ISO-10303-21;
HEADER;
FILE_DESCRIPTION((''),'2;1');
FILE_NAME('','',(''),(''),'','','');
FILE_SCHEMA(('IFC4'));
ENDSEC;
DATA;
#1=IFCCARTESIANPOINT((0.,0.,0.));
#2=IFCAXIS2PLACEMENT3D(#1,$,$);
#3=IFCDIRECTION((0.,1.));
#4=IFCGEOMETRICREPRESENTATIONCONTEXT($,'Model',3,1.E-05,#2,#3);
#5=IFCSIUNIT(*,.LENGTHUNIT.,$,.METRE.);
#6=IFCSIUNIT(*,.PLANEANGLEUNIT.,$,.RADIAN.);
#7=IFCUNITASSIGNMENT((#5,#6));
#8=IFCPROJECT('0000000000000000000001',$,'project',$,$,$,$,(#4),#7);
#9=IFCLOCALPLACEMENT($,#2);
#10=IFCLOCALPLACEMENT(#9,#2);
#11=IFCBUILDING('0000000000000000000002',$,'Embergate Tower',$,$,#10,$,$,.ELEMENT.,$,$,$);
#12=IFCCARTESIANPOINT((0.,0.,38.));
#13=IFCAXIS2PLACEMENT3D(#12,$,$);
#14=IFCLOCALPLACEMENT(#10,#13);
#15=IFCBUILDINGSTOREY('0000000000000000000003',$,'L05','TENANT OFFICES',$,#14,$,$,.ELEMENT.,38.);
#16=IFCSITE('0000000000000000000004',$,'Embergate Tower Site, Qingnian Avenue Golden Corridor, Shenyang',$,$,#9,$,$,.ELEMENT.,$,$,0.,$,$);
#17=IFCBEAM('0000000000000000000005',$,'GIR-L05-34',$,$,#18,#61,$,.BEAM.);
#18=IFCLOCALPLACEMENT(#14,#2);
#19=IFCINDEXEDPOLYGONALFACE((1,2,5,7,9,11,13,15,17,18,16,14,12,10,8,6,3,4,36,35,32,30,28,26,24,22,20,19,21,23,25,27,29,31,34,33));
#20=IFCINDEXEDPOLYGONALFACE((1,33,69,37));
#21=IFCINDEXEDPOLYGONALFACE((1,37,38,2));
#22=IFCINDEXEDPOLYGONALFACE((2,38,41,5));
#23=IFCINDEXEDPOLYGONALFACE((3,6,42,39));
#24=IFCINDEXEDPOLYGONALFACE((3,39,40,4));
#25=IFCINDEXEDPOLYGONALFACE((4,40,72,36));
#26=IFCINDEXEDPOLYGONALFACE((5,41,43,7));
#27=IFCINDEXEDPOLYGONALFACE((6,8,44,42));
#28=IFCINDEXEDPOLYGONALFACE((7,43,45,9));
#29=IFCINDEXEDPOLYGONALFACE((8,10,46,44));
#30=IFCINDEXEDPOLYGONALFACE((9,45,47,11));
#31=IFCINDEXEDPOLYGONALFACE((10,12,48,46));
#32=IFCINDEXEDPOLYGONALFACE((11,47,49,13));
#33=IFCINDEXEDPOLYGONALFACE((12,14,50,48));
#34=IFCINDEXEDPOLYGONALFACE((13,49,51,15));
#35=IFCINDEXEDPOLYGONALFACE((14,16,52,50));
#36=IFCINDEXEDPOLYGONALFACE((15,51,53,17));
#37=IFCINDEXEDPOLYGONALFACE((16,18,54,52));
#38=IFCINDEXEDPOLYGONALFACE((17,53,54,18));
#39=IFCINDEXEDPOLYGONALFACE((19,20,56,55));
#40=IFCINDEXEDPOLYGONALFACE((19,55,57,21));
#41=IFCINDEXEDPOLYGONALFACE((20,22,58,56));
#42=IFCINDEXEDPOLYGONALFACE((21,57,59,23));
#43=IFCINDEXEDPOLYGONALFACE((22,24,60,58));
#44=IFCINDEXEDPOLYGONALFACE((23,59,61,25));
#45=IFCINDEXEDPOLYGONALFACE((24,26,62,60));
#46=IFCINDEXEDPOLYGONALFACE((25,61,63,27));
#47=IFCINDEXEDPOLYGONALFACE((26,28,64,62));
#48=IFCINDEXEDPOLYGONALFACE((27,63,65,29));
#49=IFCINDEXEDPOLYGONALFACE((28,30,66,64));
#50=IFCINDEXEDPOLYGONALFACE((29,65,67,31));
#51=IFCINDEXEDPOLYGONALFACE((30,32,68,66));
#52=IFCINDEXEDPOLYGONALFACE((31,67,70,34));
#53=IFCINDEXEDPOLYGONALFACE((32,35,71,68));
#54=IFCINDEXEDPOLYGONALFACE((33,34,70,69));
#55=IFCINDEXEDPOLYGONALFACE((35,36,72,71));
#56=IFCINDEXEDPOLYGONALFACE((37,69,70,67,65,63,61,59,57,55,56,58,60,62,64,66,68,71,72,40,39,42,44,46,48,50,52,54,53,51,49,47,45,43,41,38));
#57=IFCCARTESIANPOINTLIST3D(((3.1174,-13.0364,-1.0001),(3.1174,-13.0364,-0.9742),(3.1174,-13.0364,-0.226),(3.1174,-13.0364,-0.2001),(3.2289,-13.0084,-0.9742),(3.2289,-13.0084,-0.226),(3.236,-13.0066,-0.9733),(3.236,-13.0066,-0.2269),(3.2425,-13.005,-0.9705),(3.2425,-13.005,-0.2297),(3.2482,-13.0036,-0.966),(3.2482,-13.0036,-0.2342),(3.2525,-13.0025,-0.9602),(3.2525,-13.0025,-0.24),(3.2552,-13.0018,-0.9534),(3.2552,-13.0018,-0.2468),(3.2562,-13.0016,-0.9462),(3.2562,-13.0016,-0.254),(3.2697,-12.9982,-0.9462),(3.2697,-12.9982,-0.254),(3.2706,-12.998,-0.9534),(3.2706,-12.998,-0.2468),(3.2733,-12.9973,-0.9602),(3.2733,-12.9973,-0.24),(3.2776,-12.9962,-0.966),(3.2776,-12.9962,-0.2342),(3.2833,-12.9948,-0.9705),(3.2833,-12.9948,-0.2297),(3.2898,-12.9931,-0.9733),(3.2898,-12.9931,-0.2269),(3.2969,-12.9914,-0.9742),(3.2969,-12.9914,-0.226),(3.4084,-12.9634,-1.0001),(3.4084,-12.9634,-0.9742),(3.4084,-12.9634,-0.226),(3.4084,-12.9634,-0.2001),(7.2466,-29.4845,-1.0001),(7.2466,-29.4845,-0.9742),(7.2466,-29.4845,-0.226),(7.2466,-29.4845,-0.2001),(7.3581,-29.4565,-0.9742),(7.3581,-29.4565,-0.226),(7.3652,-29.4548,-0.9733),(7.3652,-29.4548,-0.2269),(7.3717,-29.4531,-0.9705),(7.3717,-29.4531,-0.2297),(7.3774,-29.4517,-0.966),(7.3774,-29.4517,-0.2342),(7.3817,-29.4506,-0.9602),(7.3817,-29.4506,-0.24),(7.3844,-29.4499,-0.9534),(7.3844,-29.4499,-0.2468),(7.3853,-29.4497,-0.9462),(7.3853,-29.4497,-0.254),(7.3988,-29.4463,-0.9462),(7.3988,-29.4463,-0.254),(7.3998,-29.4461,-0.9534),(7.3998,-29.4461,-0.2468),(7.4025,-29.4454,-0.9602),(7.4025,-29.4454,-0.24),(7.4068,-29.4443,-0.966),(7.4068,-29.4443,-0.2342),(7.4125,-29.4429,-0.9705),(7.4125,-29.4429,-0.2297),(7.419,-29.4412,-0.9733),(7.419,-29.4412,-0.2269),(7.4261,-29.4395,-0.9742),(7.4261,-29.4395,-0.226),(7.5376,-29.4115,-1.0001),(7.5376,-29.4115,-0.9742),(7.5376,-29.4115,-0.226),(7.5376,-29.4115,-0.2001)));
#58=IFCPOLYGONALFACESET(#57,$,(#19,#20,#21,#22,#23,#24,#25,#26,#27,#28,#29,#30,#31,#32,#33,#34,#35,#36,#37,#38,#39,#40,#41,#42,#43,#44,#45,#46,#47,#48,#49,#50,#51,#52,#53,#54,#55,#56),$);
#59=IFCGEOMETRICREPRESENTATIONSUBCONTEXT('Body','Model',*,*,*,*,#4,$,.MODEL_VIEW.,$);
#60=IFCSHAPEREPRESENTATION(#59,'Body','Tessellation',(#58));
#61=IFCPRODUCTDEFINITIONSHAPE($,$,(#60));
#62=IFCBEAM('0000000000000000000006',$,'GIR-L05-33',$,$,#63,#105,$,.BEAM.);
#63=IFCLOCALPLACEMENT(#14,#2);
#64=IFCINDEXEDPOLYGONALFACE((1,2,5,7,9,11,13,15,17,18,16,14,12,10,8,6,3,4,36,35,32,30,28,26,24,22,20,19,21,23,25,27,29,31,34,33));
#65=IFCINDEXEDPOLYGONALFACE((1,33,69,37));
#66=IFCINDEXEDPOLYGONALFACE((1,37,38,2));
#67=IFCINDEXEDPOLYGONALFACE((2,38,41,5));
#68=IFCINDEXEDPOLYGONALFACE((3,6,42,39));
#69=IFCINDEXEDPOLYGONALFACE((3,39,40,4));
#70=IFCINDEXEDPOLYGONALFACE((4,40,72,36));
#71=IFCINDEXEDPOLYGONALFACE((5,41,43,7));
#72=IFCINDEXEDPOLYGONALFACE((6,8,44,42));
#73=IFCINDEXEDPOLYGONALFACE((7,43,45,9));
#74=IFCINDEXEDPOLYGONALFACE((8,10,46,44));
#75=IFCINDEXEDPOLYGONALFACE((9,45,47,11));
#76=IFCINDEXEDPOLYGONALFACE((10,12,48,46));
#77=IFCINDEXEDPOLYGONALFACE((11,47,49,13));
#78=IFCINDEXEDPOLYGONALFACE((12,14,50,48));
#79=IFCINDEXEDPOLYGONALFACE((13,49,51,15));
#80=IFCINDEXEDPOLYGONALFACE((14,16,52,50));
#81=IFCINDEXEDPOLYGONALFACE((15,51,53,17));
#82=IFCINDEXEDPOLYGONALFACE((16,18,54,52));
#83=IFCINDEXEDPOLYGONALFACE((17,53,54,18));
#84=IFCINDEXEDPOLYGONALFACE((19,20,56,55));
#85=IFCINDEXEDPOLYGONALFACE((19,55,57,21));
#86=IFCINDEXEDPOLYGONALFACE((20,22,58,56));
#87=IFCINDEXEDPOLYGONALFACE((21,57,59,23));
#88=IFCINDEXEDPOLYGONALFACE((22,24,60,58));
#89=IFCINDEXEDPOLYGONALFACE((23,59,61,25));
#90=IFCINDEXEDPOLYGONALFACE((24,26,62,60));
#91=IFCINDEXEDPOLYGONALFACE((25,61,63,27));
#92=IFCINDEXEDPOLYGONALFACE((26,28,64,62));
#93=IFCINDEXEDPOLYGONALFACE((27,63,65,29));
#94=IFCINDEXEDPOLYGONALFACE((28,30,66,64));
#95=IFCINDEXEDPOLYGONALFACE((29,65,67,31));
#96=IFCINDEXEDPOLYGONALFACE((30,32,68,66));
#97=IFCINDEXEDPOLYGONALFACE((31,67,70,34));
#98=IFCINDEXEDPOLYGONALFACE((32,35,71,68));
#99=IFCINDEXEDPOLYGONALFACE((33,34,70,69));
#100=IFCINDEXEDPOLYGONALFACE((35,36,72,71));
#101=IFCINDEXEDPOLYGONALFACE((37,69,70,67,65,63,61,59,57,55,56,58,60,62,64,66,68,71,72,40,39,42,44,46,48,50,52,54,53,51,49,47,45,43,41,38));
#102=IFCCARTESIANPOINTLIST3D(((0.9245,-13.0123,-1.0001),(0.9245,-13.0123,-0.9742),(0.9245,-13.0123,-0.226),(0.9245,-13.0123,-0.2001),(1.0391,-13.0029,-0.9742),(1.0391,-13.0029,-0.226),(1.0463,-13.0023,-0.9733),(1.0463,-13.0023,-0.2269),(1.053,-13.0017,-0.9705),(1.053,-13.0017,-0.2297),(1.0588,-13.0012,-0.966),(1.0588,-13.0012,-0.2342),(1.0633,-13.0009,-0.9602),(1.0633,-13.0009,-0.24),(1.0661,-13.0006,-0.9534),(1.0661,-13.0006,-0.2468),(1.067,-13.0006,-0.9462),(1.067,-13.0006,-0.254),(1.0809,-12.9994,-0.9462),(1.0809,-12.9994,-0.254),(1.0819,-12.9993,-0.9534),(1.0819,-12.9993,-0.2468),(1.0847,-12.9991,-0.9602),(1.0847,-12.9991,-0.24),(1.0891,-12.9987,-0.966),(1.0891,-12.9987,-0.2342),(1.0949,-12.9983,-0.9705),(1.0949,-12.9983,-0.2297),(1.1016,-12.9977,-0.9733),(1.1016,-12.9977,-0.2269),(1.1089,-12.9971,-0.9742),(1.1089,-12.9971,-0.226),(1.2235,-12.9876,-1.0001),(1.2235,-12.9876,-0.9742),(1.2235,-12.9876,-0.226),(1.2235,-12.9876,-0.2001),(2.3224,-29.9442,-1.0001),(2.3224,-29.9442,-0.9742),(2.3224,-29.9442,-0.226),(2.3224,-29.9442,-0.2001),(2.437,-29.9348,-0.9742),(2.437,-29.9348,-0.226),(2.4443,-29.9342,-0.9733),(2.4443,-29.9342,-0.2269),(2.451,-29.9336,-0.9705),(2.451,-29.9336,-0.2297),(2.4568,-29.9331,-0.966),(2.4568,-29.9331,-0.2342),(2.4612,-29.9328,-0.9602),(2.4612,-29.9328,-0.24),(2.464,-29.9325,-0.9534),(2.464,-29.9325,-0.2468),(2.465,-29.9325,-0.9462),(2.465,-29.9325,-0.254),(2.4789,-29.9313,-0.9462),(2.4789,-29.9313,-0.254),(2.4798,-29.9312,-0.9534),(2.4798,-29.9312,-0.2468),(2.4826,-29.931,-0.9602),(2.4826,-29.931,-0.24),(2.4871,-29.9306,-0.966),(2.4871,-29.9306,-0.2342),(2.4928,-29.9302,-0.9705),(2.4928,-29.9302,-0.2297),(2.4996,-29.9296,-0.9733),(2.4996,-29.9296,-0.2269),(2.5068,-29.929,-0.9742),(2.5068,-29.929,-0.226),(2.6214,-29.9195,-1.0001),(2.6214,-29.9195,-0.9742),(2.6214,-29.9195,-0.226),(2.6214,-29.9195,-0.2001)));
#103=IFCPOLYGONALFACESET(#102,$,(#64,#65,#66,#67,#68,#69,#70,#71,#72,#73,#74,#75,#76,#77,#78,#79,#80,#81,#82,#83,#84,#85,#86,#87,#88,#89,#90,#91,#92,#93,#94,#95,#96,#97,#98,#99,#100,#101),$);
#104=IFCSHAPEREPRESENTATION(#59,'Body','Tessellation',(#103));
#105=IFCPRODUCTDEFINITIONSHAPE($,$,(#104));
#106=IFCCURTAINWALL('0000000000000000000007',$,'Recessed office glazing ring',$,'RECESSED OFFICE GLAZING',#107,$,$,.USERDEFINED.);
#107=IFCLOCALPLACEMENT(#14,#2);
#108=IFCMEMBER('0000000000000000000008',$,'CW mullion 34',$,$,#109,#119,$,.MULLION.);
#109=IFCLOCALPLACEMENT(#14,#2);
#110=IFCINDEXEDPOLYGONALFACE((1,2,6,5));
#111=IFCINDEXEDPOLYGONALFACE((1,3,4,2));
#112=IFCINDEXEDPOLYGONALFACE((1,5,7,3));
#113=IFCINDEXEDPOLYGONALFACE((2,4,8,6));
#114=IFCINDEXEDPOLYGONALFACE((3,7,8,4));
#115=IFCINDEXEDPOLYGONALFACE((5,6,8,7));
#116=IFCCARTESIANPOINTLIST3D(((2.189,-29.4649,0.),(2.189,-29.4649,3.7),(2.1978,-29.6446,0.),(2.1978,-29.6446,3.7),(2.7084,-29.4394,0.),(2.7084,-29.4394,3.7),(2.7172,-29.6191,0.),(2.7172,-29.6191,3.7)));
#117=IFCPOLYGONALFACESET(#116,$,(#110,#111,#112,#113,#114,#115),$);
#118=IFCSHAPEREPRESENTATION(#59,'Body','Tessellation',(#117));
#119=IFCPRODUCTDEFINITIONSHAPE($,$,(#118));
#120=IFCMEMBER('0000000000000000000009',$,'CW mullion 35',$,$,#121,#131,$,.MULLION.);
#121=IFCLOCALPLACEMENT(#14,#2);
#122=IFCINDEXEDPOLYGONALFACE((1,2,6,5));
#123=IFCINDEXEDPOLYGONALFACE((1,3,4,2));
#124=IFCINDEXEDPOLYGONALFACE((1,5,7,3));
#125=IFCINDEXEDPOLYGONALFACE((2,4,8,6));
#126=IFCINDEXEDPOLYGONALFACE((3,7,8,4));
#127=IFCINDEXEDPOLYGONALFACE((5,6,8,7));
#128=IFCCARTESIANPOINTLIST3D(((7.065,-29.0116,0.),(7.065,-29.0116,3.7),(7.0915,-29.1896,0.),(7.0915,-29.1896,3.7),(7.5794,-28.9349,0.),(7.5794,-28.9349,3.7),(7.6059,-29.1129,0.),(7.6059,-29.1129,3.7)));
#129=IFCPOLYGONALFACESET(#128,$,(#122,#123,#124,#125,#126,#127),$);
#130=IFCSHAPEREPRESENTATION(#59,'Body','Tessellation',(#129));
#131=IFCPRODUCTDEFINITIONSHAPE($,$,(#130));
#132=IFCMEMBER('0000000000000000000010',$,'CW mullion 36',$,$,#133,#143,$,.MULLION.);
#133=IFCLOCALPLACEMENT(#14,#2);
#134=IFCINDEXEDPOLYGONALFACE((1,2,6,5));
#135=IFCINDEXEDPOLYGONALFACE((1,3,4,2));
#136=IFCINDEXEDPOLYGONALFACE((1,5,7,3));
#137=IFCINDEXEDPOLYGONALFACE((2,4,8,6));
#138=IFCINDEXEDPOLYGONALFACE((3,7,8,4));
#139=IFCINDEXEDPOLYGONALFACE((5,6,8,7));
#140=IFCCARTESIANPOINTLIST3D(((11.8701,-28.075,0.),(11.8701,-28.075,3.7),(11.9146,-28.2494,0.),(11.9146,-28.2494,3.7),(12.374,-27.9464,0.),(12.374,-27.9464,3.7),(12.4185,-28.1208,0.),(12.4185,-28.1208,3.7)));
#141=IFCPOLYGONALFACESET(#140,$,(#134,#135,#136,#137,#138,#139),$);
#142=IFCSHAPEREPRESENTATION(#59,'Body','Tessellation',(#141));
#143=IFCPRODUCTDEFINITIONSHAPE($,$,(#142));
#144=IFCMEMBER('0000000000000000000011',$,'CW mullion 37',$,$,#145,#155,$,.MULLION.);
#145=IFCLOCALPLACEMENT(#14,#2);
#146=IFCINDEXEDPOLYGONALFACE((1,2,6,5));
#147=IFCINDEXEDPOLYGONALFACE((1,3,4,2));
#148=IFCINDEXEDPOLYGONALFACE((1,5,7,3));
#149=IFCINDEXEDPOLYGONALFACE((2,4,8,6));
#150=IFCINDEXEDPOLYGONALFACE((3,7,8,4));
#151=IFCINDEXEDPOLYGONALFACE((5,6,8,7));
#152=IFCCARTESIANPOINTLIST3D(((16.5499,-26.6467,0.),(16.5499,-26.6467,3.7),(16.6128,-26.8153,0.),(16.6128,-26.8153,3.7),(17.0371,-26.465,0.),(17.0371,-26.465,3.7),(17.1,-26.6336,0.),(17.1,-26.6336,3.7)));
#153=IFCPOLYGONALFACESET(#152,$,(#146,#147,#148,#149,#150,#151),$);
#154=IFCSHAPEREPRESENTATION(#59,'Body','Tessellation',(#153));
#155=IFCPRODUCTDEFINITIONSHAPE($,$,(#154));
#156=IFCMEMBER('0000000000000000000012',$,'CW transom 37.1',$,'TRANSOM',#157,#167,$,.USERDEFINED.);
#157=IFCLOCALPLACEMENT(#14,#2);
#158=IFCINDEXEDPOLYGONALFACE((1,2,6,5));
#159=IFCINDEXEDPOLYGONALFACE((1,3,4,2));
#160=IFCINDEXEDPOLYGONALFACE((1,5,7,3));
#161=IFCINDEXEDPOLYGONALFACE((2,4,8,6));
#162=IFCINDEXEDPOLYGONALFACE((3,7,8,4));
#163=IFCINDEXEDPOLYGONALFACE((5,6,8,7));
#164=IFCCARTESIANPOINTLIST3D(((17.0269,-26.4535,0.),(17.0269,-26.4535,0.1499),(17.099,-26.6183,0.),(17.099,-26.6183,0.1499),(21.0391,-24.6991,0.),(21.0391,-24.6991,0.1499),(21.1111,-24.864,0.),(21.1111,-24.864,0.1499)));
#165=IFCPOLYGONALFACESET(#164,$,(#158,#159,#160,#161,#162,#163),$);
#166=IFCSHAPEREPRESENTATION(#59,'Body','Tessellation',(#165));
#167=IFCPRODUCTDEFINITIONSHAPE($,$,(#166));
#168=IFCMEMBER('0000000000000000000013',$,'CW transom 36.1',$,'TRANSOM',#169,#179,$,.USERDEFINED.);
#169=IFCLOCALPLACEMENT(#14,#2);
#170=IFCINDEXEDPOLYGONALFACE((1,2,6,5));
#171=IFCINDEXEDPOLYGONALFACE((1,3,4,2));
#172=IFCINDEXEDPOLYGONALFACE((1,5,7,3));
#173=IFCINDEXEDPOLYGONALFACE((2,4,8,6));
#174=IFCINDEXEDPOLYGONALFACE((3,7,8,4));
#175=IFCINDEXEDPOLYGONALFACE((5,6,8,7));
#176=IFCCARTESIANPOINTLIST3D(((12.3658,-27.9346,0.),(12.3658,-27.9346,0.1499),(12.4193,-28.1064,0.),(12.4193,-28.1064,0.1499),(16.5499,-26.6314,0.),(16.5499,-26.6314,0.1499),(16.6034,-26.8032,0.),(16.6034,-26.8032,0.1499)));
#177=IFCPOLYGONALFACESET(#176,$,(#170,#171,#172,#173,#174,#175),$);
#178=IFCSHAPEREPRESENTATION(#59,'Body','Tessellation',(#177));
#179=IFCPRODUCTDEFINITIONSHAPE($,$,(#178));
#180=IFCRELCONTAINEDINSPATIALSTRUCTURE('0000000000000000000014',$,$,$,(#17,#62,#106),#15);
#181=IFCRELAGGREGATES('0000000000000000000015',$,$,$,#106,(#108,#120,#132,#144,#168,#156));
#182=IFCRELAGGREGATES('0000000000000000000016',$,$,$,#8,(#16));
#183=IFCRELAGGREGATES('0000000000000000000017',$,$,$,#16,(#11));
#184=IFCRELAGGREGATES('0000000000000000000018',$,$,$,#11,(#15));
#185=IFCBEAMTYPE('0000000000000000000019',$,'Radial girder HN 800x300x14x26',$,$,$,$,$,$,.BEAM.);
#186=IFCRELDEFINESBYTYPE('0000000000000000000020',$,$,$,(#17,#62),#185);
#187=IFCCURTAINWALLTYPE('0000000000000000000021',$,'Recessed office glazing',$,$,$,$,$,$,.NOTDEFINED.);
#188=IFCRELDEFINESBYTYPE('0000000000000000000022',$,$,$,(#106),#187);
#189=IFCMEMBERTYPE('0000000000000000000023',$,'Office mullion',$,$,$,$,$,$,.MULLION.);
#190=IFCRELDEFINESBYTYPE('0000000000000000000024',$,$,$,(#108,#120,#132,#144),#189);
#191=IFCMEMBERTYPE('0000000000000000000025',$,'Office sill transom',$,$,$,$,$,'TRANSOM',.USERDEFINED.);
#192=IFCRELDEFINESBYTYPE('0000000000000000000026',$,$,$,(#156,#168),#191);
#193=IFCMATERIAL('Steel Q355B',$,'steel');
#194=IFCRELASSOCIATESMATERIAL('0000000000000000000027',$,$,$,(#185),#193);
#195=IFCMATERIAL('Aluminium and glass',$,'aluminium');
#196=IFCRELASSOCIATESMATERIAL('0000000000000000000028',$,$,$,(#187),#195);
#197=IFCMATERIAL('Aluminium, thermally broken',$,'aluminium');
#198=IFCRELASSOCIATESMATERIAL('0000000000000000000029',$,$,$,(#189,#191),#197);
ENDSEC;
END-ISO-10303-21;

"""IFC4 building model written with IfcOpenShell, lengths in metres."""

from ifc_helpers import new_model, si_unit, direction, frame, origin, origin_2d, place, context, subcontext, project, spatial, rectangle, i_section, extrude, source, transform, mapped, material, material_profile, profile_set, type_object, element, aggregate, save


model = new_model("IFC4")

# Units and contexts
model_context = context("Model", 3, precision=1e-05, world=origin(), true_north=direction((0.0, 1.0)))
body_context = subcontext(model_context, "Body", "Model", "MODEL_VIEW")
ifc_project = project(units=[si_unit("LENGTHUNIT", "METRE"), si_unit("PLANEANGLEUNIT", "RADIAN")], contexts=[model_context])

# Site, building, storey
site_placement = place(None, origin())
site = spatial("IfcSite", under=ifc_project, at=site_placement, Name="Embergate Tower Site, Qingnian Avenue Golden Corridor, Shenyang", CompositionType="ELEMENT", RefElevation=0.0)
building_placement = place(site_placement, origin())
building = spatial("IfcBuilding", under=site, at=building_placement, Name="Embergate Tower", CompositionType="ELEMENT")
storey_placement = place(building_placement, frame((0.0, 0.0, 38.0)))
storey = spatial("IfcBuildingStorey", under=building, at=storey_placement, Name="L05", Description="TENANT OFFICES", CompositionType="ELEMENT", Elevation=38.0)

# Beams
ifc_material_1 = material(Name="Steel Q355B", Category="steel")
ifc_material_profile_1 = material_profile(ifc_material_1, i_section(OverallWidth=0.3, OverallDepth=0.8, WebThickness=0.0139, FlangeThickness=0.0259, FilletRadius=0.0281, at=origin_2d()), Name="HN 800x300x14x26")
ifc_profile_set_1 = profile_set([ifc_material_profile_1], Name="Steel Q355 grade B")
beam_type_1 = type_object("IfcBeamType", Name="Radial girder HN 800x300x14x26", PredefinedType="BEAM", material=ifc_profile_set_1)
shared_shape_1 = source(origin(), body_context, "Body", "SweptSolid", [
    extrude(i_section(OverallWidth=0.3, OverallDepth=0.8, WebThickness=0.0139, FlangeThickness=0.0259, FilletRadius=0.0281, at=origin_2d()), origin(), (0.0, 0.0, 1.0), 16.9585),
])
beam_1_placement = place(storey_placement, frame((7.3921, -29.448, -0.6001), z_axis=(-0.243487, 0.969904, 0.0), x_axis=(-0.969904, -0.243487, 0.0)))
element("IfcBeam", 1, at=beam_1_placement, inside=storey, type_object=beam_type_1, Name="GIR-L05-34", PredefinedType="BEAM", context=body_context, shape_type="MappedRepresentation", body=[
    mapped(shared_shape_1, transform((0.0, 0.0, 0.0))),
])
shared_shape_2 = source(origin(), body_context, "Body", "SweptSolid", [
    extrude(i_section(OverallWidth=0.3, OverallDepth=0.8, WebThickness=0.0139, FlangeThickness=0.0259, FilletRadius=0.0281, at=origin_2d()), origin(), (0.0, 0.0, 1.0), 16.9895),
])
beam_2_placement = place(storey_placement, frame((2.4719, -29.9319, -0.6001), z_axis=(-0.082283, 0.996609, 0.0), x_axis=(-0.996609, -0.082283, 0.0)))
element("IfcBeam", 2, at=beam_2_placement, inside=storey, type_object=beam_type_1, Name="GIR-L05-33", PredefinedType="BEAM", context=body_context, shape_type="MappedRepresentation", body=[
    mapped(shared_shape_2, transform((0.0, 0.0, 0.0))),
])

# Curtain wall, members
ifc_material_2 = material(Name="Aluminium and glass", Category="aluminium")
curtain_wall_type = type_object("IfcCurtainWallType", Name="Recessed office glazing", PredefinedType="NOTDEFINED", material=ifc_material_2)
curtain_wall_placement = place(storey_placement, origin())
curtain_wall = element("IfcCurtainWall", 3, at=curtain_wall_placement, inside=storey, type_object=curtain_wall_type, Name="Recessed office glazing ring", ObjectType="RECESSED OFFICE GLAZING", PredefinedType="USERDEFINED")
ifc_material_3 = material(Name="Aluminium, thermally broken", Category="aluminium")
ifc_material_profile_2 = material_profile(ifc_material_3, rectangle(XDim=0.1799, YDim=0.52, at=origin_2d()), Name="AL 520x180")
ifc_profile_set_2 = profile_set([ifc_material_profile_2], Name="Aluminium, thermally broken")
member_type_1 = type_object("IfcMemberType", Name="Office mullion", PredefinedType="MULLION", material=ifc_profile_set_2)
shared_shape_3 = source(origin(), body_context, "Body", "SweptSolid", [
    extrude(rectangle(XDim=0.1799, YDim=0.52, at=origin_2d()), origin(), (0.0, 0.0, 1.0), 3.7),
])
member_1_placement = place(storey_placement, frame((2.4531, -29.542, 0.0), z_axis=(0.0, 0.0, 1.0), x_axis=(-0.048972, 0.9988, 0.0)))
member_1 = element("IfcMember", 4, at=member_1_placement, type_object=member_type_1, Name="CW mullion 34", PredefinedType="MULLION", context=body_context, shape_type="MappedRepresentation", body=[
    mapped(shared_shape_3, transform((0.0, 0.0, 0.0))),
])
member_2_placement = place(storey_placement, frame((7.3354, -29.0623, 0.0), z_axis=(0.0, 0.0, 1.0), x_axis=(-0.147411, 0.989075, 0.0)))
member_2 = element("IfcMember", 5, at=member_2_placement, type_object=member_type_1, Name="CW mullion 35", PredefinedType="MULLION", context=body_context, shape_type="MappedRepresentation", body=[
    mapped(shared_shape_3, transform((0.0, 0.0, 0.0))),
])
member_3_placement = place(storey_placement, frame((12.1443, -28.0979, 0.0), z_axis=(0.0, 0.0, 1.0), x_axis=(-0.24731, 0.968936, 0.0)))
member_3 = element("IfcMember", 6, at=member_3_placement, type_object=member_type_1, Name="CW mullion 36", PredefinedType="MULLION", context=body_context, shape_type="MappedRepresentation", body=[
    mapped(shared_shape_3, transform((0.0, 0.0, 0.0))),
])
member_4_placement = place(storey_placement, frame((16.825, -26.6401, 0.0), z_axis=(0.0, 0.0, 1.0), x_axis=(-0.349501, 0.936936, 0.0)))
member_4 = element("IfcMember", 7, at=member_4_placement, type_object=member_type_1, Name="CW mullion 37", PredefinedType="MULLION", context=body_context, shape_type="MappedRepresentation", body=[
    mapped(shared_shape_3, transform((0.0, 0.0, 0.0))),
])
ifc_material_profile_3 = material_profile(ifc_material_3, rectangle(XDim=0.1799, YDim=0.1499, at=origin_2d()), Name="AL 150x180")
ifc_profile_set_3 = profile_set([ifc_material_profile_3], Name="Aluminium, thermally broken")
member_type_2 = type_object("IfcMemberType", Name="Office sill transom", ElementType="TRANSOM", PredefinedType="USERDEFINED", material=ifc_profile_set_3)
shared_shape_4 = source(origin(), body_context, "Body", "SweptSolid", [
    extrude(rectangle(XDim=0.1799, YDim=0.1499, at=origin_2d()), origin(), (0.0, 0.0, 1.0), 4.3789),
])
member_5_placement = place(storey_placement, frame((17.063, -26.5359, 0.075), z_axis=(0.916237, 0.400637, 0.0), x_axis=(-0.400637, 0.916237, 0.0)))
member_5 = element("IfcMember", 8, at=member_5_placement, type_object=member_type_2, Name="CW transom 37.1", ObjectType="TRANSOM", PredefinedType="USERDEFINED", context=body_context, shape_type="MappedRepresentation", body=[
    mapped(shared_shape_4, transform((0.0, 0.0, 0.0))),
])
shared_shape_5 = source(origin(), body_context, "Body", "SweptSolid", [
    extrude(rectangle(XDim=0.1799, YDim=0.1499, at=origin_2d()), origin(), (0.0, 0.0, 1.0), 4.3823),
])
member_6_placement = place(storey_placement, frame((12.3926, -28.0205, 0.075), z_axis=(0.954759, 0.29738, 0.0), x_axis=(-0.29738, 0.954759, 0.0)))
member_6 = element("IfcMember", 9, at=member_6_placement, type_object=member_type_2, Name="CW transom 36.1", ObjectType="TRANSOM", PredefinedType="USERDEFINED", context=body_context, shape_type="MappedRepresentation", body=[
    mapped(shared_shape_5, transform((0.0, 0.0, 0.0))),
])

aggregate(curtain_wall, [member_1, member_2, member_3, member_4, member_6, member_5])

save(model, "model.ifc")
